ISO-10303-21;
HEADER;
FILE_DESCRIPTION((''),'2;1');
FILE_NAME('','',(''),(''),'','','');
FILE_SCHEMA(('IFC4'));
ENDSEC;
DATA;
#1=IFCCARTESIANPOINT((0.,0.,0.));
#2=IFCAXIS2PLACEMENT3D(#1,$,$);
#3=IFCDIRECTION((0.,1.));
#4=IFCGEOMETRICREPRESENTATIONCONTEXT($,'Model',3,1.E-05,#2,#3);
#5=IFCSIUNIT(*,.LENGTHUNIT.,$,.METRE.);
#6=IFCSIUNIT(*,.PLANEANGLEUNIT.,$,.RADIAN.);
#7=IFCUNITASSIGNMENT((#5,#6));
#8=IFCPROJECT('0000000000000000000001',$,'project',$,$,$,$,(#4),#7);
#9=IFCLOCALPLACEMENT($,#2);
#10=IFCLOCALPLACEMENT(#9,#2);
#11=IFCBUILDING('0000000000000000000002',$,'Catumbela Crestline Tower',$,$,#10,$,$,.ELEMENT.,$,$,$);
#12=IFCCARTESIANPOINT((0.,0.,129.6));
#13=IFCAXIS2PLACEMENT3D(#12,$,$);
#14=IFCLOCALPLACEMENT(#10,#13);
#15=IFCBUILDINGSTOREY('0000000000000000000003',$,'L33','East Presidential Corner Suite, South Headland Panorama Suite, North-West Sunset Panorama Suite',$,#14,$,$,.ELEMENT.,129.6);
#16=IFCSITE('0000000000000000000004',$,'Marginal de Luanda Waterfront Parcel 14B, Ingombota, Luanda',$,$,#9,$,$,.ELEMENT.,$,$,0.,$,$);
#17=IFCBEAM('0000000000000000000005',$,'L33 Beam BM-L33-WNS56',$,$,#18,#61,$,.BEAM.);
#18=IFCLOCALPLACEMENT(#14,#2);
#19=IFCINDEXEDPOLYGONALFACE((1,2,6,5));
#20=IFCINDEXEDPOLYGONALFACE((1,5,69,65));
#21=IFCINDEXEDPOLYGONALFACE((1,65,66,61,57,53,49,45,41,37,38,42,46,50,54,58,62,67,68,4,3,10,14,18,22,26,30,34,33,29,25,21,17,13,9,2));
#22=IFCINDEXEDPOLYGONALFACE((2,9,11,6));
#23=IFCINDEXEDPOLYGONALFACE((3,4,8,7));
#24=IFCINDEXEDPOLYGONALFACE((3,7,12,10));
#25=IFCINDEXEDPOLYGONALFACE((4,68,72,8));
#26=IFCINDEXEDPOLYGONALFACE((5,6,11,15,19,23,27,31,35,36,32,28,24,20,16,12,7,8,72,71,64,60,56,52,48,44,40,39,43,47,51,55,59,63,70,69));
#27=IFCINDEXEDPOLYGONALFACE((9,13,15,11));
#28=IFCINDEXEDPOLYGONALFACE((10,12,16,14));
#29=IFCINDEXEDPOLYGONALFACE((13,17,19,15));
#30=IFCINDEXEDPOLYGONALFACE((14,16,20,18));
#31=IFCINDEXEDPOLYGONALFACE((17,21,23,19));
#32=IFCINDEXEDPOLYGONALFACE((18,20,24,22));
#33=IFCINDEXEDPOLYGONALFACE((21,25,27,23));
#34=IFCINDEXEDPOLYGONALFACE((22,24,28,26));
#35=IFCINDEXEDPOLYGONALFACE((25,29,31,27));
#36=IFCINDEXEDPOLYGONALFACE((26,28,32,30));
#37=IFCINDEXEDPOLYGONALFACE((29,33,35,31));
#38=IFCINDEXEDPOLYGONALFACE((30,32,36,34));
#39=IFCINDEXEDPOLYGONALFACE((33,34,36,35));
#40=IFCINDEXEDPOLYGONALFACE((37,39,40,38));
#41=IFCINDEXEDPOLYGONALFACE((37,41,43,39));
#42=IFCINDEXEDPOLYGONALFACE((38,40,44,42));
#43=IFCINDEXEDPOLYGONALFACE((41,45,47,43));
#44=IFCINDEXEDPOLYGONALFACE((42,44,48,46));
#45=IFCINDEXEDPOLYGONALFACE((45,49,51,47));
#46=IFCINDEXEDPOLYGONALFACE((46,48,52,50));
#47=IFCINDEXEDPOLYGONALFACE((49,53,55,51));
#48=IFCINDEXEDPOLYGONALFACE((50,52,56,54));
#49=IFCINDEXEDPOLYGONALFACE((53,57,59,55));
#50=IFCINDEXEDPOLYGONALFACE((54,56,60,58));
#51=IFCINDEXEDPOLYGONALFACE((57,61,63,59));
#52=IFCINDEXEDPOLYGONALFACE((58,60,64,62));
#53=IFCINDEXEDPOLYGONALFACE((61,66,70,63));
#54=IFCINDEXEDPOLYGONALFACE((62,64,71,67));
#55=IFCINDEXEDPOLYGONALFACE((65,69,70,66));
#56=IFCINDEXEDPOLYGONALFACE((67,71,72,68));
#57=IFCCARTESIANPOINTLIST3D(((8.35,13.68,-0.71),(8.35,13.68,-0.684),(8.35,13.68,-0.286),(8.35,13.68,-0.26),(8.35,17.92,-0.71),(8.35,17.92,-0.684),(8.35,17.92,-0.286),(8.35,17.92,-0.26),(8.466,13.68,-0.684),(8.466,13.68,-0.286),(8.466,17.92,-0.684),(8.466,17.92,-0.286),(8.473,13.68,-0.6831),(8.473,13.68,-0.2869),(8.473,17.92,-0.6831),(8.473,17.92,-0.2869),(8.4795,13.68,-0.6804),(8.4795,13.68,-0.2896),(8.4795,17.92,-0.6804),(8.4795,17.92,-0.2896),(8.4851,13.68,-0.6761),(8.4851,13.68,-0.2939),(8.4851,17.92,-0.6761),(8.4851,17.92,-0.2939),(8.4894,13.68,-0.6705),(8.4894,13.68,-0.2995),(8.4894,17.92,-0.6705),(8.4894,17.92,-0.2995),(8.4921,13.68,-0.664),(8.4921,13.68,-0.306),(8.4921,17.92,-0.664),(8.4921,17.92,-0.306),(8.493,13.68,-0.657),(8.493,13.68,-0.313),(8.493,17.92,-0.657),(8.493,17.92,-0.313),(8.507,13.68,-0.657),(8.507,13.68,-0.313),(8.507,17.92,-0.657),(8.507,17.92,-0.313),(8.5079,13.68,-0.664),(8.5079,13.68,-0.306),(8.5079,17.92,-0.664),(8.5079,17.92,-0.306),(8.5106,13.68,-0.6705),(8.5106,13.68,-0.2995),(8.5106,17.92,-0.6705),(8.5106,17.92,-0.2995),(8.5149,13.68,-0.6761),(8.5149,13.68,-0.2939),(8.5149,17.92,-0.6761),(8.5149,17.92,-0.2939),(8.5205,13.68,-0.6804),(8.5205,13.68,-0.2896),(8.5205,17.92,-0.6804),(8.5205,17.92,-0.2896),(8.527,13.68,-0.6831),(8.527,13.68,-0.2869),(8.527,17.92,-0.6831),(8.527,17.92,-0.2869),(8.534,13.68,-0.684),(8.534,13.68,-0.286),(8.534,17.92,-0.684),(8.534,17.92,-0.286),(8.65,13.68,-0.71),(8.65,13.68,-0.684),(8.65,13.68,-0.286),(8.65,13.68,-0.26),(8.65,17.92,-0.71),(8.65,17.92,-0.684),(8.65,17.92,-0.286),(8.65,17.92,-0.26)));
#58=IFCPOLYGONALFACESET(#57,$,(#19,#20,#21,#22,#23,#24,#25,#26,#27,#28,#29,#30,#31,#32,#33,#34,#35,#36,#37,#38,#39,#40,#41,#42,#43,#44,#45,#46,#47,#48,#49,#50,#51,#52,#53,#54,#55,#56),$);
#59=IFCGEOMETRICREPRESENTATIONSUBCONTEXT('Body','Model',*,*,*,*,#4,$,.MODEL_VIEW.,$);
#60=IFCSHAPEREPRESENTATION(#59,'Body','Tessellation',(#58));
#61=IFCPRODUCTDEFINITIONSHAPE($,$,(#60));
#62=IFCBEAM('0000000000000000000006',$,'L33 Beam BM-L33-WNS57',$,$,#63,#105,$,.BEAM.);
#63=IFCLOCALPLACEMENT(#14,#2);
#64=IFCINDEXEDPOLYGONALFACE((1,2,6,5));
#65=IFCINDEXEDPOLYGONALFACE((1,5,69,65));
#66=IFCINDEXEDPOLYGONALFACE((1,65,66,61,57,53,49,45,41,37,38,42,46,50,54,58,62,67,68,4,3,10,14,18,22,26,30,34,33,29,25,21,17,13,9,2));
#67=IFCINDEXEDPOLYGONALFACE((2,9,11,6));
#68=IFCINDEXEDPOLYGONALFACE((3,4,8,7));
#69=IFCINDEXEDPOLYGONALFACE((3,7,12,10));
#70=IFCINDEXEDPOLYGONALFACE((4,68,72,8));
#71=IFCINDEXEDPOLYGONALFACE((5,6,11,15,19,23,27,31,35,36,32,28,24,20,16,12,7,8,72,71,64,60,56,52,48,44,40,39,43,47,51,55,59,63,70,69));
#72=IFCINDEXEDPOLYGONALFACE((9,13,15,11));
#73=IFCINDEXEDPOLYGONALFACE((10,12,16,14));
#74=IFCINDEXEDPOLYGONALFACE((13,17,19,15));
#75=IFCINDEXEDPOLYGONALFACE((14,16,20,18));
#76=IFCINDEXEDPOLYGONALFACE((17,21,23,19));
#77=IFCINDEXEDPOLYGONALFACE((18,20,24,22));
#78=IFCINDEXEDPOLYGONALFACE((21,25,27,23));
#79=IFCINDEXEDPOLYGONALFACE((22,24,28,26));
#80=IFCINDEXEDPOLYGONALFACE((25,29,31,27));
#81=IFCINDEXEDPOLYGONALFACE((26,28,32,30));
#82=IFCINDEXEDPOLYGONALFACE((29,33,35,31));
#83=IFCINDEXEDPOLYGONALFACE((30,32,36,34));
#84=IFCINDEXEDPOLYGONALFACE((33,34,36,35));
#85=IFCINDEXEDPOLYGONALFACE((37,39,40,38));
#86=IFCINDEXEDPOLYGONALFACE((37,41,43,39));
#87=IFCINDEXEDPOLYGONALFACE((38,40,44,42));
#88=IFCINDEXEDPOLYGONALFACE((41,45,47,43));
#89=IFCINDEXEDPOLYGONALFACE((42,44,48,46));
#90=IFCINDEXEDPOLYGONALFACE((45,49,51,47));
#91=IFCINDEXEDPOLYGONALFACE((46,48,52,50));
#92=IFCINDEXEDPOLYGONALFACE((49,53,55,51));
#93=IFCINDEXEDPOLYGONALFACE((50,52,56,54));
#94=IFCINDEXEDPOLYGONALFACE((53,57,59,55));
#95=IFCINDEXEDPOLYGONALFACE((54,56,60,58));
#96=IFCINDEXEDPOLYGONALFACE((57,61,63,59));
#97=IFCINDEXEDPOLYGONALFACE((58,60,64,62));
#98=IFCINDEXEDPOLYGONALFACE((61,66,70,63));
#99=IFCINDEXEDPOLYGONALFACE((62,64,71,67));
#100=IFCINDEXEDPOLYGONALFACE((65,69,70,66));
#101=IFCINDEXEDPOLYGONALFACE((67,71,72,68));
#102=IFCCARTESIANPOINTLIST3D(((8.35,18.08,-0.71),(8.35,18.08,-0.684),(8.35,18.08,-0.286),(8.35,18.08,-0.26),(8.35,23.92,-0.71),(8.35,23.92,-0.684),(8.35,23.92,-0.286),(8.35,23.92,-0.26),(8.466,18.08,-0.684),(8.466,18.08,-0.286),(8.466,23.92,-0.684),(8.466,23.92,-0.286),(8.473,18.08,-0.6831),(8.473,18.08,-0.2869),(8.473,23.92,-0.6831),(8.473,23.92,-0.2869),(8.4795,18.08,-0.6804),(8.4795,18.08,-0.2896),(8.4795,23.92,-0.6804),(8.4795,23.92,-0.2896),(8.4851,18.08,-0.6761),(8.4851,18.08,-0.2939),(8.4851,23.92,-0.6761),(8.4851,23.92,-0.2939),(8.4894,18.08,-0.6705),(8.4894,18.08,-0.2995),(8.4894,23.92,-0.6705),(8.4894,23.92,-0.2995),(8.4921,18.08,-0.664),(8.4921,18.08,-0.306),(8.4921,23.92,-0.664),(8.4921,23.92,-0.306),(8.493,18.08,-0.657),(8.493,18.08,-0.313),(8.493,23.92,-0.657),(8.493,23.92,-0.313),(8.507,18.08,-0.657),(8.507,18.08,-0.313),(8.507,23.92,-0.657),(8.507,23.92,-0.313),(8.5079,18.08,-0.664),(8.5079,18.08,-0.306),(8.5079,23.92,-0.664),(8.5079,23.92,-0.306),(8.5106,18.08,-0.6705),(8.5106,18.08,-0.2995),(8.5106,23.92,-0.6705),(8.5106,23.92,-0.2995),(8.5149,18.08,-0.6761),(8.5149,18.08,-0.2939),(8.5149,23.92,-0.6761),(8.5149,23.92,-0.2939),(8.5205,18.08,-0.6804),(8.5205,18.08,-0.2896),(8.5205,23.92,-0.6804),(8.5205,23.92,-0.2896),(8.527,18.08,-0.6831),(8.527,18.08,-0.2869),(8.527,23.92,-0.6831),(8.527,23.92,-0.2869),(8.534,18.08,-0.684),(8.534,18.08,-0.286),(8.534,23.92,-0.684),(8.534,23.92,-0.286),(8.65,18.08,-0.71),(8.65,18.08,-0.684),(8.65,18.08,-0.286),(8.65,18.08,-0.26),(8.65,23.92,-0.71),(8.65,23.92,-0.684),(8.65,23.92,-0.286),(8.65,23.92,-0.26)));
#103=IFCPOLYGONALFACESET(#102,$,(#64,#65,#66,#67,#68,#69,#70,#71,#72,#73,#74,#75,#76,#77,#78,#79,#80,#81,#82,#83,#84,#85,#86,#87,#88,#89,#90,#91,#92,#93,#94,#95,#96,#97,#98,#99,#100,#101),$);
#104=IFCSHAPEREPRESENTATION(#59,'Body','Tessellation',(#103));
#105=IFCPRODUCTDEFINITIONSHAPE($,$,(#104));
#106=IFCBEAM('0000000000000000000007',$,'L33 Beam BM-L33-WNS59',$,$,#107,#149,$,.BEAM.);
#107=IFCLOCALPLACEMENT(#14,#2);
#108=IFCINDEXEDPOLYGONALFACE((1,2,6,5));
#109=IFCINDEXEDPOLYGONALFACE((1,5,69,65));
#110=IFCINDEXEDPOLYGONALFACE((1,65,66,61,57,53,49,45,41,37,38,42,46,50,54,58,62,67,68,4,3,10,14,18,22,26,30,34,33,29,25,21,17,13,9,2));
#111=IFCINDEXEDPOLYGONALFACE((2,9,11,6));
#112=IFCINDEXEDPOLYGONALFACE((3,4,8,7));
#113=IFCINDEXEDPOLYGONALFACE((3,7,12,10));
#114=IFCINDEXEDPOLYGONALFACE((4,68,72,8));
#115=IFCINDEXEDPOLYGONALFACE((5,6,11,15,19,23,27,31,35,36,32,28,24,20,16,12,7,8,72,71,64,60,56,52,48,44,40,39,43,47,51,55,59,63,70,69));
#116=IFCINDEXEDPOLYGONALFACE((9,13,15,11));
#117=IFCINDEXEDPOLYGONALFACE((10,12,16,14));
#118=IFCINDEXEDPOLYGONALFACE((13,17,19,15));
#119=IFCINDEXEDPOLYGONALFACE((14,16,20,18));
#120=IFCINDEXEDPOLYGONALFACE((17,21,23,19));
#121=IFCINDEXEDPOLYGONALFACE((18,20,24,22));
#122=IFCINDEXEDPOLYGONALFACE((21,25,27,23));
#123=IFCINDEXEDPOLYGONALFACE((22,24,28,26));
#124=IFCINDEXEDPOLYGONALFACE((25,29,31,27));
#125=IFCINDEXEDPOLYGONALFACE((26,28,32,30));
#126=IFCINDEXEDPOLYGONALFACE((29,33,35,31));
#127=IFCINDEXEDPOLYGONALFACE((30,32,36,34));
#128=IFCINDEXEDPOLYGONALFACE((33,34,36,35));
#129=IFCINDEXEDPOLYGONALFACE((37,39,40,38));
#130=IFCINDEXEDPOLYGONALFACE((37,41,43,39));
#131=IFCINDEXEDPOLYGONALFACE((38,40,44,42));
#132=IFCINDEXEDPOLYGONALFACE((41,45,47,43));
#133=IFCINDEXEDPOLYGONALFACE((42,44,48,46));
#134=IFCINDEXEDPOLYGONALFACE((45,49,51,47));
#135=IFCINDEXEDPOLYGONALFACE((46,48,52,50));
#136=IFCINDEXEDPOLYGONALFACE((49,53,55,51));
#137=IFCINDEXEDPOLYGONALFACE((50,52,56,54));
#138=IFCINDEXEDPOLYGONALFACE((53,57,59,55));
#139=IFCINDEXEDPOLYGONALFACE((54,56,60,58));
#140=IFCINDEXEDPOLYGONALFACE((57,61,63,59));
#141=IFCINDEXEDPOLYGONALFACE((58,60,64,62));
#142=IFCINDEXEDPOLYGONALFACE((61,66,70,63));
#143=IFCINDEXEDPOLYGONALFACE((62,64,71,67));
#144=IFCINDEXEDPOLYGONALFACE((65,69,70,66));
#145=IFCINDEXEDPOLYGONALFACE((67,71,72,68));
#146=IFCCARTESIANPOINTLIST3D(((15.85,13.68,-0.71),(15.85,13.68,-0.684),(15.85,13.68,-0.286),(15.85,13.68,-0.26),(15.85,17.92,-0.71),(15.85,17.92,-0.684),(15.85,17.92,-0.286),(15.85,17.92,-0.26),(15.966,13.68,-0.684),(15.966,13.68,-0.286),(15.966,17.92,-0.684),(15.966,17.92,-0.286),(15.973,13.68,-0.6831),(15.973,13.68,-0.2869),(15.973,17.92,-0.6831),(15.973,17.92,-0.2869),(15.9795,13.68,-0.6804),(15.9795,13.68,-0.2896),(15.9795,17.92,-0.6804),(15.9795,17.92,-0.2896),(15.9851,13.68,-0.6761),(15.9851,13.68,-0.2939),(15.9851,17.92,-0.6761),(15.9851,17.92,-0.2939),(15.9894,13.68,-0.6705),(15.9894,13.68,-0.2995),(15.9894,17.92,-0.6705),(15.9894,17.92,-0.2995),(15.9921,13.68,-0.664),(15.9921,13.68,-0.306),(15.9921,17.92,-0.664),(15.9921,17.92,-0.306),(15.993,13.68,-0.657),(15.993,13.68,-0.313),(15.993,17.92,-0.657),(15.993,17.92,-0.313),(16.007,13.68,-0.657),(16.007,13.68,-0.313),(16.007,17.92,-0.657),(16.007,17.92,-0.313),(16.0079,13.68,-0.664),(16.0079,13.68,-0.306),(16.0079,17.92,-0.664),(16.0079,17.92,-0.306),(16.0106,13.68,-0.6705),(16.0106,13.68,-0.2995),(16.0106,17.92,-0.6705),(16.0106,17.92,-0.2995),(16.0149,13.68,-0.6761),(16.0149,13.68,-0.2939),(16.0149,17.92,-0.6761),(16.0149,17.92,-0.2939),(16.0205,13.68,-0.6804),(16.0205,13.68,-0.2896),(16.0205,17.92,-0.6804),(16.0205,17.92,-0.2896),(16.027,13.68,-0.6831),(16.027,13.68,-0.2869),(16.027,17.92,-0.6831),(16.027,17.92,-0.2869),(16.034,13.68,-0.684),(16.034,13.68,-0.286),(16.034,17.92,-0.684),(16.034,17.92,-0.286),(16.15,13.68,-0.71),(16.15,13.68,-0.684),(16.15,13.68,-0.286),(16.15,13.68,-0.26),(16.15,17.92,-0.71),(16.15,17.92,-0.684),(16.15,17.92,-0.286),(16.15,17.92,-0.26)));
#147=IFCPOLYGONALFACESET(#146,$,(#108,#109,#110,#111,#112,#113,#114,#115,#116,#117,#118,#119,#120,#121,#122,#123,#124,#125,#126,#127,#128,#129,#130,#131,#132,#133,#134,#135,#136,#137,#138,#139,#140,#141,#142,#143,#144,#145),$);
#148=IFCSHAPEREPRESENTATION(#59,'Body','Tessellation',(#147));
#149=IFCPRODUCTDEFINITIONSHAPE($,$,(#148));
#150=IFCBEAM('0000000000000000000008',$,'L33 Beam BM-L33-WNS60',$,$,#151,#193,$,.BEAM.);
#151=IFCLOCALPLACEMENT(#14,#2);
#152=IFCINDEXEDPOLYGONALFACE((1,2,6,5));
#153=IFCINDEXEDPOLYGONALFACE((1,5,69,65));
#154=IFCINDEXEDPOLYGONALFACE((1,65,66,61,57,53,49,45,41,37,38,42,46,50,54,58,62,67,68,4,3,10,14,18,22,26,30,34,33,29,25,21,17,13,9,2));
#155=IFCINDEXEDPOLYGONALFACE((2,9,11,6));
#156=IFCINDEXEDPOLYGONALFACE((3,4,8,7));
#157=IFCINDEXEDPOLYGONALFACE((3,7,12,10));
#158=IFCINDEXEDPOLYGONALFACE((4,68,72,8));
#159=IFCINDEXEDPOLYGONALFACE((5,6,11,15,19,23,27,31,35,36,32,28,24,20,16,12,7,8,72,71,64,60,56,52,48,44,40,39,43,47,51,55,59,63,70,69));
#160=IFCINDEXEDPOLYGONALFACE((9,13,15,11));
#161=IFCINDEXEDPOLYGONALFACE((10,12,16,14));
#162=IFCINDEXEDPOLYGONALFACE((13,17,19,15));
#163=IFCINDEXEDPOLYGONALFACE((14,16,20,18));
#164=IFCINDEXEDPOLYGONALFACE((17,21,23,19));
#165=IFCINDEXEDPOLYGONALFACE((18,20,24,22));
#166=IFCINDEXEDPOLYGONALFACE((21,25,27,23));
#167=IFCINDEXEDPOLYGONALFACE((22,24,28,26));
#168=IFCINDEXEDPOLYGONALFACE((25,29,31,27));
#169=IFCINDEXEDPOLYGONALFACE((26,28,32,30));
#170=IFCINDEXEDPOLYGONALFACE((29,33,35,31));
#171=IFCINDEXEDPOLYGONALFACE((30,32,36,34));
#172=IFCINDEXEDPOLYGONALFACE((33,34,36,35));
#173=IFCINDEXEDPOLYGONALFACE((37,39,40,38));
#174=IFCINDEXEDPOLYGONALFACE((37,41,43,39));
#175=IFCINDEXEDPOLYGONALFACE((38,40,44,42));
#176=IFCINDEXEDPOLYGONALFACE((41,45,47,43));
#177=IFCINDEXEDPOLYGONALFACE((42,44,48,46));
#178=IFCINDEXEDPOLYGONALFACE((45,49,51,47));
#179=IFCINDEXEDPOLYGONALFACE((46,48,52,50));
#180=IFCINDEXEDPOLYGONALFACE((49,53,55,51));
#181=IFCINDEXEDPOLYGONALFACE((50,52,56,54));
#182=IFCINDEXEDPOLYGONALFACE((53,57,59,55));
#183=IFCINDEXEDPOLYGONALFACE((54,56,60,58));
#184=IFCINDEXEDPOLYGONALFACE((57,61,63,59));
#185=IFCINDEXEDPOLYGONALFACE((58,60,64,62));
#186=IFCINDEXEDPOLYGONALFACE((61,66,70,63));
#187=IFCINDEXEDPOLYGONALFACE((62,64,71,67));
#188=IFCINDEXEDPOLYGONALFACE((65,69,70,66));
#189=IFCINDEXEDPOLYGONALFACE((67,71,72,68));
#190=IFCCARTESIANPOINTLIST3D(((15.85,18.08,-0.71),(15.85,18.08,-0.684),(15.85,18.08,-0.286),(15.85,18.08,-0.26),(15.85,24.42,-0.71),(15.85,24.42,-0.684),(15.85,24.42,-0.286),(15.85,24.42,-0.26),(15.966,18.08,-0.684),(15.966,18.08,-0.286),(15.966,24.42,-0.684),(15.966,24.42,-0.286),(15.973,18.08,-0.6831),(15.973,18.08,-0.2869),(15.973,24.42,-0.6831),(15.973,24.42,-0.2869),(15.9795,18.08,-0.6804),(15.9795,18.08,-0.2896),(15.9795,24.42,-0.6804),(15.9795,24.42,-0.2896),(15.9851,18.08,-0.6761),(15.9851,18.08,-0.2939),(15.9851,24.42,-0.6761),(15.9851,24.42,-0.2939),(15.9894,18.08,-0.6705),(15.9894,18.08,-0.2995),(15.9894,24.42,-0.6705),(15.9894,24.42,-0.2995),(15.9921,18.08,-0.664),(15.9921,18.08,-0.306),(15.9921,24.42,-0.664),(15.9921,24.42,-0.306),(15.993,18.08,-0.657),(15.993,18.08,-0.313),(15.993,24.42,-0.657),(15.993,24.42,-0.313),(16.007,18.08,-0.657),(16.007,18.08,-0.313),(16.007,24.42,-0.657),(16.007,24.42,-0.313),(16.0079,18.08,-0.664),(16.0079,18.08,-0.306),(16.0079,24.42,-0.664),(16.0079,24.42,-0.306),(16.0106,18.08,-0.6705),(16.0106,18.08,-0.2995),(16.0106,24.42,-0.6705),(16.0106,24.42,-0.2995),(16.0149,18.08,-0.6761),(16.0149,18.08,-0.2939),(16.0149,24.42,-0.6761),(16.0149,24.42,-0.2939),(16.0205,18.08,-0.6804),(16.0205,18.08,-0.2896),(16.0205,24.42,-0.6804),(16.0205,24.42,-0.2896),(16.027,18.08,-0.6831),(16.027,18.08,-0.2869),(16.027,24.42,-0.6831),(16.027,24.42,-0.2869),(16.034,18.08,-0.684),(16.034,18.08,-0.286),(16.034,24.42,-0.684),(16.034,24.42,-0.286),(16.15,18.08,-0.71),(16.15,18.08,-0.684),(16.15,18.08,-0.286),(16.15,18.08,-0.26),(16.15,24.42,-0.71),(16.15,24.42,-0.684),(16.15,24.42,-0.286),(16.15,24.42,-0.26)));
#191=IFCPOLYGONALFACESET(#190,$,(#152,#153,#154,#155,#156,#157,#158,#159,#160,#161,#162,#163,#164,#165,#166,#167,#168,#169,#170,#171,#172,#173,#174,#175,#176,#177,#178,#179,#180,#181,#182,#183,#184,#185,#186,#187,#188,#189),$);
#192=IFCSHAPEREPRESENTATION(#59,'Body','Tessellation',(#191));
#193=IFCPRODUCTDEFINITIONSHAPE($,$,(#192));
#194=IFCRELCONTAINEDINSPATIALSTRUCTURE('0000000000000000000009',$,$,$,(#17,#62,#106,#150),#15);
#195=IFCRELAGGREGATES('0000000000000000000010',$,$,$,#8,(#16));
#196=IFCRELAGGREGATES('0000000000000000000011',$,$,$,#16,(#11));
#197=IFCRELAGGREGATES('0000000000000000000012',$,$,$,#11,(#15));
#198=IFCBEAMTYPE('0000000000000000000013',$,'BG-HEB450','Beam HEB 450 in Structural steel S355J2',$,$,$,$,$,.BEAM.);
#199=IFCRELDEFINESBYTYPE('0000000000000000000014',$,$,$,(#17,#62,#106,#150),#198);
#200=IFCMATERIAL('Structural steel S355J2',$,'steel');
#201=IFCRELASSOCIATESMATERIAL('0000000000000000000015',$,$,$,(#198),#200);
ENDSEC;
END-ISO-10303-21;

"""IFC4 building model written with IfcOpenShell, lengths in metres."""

from ifc_helpers import new_model, si_unit, direction, frame, origin, origin_2d, place, context, subcontext, project, spatial, i_section, extrude, material, material_profile, profile_set, type_object, element, save


model = new_model("IFC4")

# Units and contexts
model_context = context("Model", 3, precision=1e-05, world=origin(), true_north=direction((0.0, 1.0)))
body_context = subcontext(model_context, "Body", "Model", "MODEL_VIEW")
ifc_project = project(units=[si_unit("LENGTHUNIT", "METRE"), si_unit("PLANEANGLEUNIT", "RADIAN")], contexts=[model_context])

# Site, building, storey
site_placement = place(None, origin())
site = spatial("IfcSite", under=ifc_project, at=site_placement, Name="Marginal de Luanda Waterfront Parcel 14B, Ingombota, Luanda", CompositionType="ELEMENT", RefElevation=0.0)
building_placement = place(site_placement, origin())
building = spatial("IfcBuilding", under=site, at=building_placement, Name="Catumbela Crestline Tower", CompositionType="ELEMENT")
storey_placement = place(building_placement, frame((0.0, 0.0, 129.6)))
storey = spatial("IfcBuildingStorey", under=building, at=storey_placement, Name="L33", Description="East Presidential Corner Suite, South Headland Panorama Suite, North-West Sunset Panorama Suite", CompositionType="ELEMENT", Elevation=129.6)

# Beams
ifc_material_1 = material(Name="Structural steel S355J2", Category="steel")
ifc_material_profile_1 = material_profile(ifc_material_1, i_section(OverallWidth=0.3, OverallDepth=0.45, WebThickness=0.014, FlangeThickness=0.026, FilletRadius=0.027, at=origin_2d()), Name="HEB 450")
ifc_profile_set_1 = profile_set([ifc_material_profile_1], Name="Structural steel S355J2")
beam_type_1 = type_object("IfcBeamType", Name="BG-HEB450", Description="Beam HEB 450 in Structural steel S355J2", PredefinedType="BEAM", material=ifc_profile_set_1)
beam_1_placement = place(storey_placement, frame((8.5, 13.68, -0.485), z_axis=(0.0, 1.0, 0.0), x_axis=(-1.0, 0.0, 0.0)))
element("IfcBeam", 1, at=beam_1_placement, inside=storey, type_object=beam_type_1, Name="L33 Beam BM-L33-WNS56", PredefinedType="BEAM", context=body_context, shape_type="SweptSolid", body=[
    extrude(i_section(OverallWidth=0.3, OverallDepth=0.45, WebThickness=0.014, FlangeThickness=0.026, FilletRadius=0.027, at=origin_2d()), origin(), (0.0, 0.0, 1.0), 4.24),
])
beam_2_placement = place(storey_placement, frame((8.5, 18.08, -0.485), z_axis=(0.0, 1.0, 0.0), x_axis=(-1.0, 0.0, 0.0)))
element("IfcBeam", 2, at=beam_2_placement, inside=storey, type_object=beam_type_1, Name="L33 Beam BM-L33-WNS57", PredefinedType="BEAM", context=body_context, shape_type="SweptSolid", body=[
    extrude(i_section(OverallWidth=0.3, OverallDepth=0.45, WebThickness=0.014, FlangeThickness=0.026, FilletRadius=0.027, at=origin_2d()), origin(), (0.0, 0.0, 1.0), 5.84),
])
beam_3_placement = place(storey_placement, frame((16.0, 13.68, -0.485), z_axis=(0.0, 1.0, 0.0), x_axis=(-1.0, 0.0, 0.0)))
element("IfcBeam", 3, at=beam_3_placement, inside=storey, type_object=beam_type_1, Name="L33 Beam BM-L33-WNS59", PredefinedType="BEAM", context=body_context, shape_type="SweptSolid", body=[
    extrude(i_section(OverallWidth=0.3, OverallDepth=0.45, WebThickness=0.014, FlangeThickness=0.026, FilletRadius=0.027, at=origin_2d()), origin(), (0.0, 0.0, 1.0), 4.24),
])
beam_4_placement = place(storey_placement, frame((16.0, 18.08, -0.485), z_axis=(0.0, 1.0, 0.0), x_axis=(-1.0, 0.0, 0.0)))
element("IfcBeam", 4, at=beam_4_placement, inside=storey, type_object=beam_type_1, Name="L33 Beam BM-L33-WNS60", PredefinedType="BEAM", context=body_context, shape_type="SweptSolid", body=[
    extrude(i_section(OverallWidth=0.3, OverallDepth=0.45, WebThickness=0.014, FlangeThickness=0.026, FilletRadius=0.027, at=origin_2d()), origin(), (0.0, 0.0, 1.0), 6.34),
])

save(model, "model.ifc")
